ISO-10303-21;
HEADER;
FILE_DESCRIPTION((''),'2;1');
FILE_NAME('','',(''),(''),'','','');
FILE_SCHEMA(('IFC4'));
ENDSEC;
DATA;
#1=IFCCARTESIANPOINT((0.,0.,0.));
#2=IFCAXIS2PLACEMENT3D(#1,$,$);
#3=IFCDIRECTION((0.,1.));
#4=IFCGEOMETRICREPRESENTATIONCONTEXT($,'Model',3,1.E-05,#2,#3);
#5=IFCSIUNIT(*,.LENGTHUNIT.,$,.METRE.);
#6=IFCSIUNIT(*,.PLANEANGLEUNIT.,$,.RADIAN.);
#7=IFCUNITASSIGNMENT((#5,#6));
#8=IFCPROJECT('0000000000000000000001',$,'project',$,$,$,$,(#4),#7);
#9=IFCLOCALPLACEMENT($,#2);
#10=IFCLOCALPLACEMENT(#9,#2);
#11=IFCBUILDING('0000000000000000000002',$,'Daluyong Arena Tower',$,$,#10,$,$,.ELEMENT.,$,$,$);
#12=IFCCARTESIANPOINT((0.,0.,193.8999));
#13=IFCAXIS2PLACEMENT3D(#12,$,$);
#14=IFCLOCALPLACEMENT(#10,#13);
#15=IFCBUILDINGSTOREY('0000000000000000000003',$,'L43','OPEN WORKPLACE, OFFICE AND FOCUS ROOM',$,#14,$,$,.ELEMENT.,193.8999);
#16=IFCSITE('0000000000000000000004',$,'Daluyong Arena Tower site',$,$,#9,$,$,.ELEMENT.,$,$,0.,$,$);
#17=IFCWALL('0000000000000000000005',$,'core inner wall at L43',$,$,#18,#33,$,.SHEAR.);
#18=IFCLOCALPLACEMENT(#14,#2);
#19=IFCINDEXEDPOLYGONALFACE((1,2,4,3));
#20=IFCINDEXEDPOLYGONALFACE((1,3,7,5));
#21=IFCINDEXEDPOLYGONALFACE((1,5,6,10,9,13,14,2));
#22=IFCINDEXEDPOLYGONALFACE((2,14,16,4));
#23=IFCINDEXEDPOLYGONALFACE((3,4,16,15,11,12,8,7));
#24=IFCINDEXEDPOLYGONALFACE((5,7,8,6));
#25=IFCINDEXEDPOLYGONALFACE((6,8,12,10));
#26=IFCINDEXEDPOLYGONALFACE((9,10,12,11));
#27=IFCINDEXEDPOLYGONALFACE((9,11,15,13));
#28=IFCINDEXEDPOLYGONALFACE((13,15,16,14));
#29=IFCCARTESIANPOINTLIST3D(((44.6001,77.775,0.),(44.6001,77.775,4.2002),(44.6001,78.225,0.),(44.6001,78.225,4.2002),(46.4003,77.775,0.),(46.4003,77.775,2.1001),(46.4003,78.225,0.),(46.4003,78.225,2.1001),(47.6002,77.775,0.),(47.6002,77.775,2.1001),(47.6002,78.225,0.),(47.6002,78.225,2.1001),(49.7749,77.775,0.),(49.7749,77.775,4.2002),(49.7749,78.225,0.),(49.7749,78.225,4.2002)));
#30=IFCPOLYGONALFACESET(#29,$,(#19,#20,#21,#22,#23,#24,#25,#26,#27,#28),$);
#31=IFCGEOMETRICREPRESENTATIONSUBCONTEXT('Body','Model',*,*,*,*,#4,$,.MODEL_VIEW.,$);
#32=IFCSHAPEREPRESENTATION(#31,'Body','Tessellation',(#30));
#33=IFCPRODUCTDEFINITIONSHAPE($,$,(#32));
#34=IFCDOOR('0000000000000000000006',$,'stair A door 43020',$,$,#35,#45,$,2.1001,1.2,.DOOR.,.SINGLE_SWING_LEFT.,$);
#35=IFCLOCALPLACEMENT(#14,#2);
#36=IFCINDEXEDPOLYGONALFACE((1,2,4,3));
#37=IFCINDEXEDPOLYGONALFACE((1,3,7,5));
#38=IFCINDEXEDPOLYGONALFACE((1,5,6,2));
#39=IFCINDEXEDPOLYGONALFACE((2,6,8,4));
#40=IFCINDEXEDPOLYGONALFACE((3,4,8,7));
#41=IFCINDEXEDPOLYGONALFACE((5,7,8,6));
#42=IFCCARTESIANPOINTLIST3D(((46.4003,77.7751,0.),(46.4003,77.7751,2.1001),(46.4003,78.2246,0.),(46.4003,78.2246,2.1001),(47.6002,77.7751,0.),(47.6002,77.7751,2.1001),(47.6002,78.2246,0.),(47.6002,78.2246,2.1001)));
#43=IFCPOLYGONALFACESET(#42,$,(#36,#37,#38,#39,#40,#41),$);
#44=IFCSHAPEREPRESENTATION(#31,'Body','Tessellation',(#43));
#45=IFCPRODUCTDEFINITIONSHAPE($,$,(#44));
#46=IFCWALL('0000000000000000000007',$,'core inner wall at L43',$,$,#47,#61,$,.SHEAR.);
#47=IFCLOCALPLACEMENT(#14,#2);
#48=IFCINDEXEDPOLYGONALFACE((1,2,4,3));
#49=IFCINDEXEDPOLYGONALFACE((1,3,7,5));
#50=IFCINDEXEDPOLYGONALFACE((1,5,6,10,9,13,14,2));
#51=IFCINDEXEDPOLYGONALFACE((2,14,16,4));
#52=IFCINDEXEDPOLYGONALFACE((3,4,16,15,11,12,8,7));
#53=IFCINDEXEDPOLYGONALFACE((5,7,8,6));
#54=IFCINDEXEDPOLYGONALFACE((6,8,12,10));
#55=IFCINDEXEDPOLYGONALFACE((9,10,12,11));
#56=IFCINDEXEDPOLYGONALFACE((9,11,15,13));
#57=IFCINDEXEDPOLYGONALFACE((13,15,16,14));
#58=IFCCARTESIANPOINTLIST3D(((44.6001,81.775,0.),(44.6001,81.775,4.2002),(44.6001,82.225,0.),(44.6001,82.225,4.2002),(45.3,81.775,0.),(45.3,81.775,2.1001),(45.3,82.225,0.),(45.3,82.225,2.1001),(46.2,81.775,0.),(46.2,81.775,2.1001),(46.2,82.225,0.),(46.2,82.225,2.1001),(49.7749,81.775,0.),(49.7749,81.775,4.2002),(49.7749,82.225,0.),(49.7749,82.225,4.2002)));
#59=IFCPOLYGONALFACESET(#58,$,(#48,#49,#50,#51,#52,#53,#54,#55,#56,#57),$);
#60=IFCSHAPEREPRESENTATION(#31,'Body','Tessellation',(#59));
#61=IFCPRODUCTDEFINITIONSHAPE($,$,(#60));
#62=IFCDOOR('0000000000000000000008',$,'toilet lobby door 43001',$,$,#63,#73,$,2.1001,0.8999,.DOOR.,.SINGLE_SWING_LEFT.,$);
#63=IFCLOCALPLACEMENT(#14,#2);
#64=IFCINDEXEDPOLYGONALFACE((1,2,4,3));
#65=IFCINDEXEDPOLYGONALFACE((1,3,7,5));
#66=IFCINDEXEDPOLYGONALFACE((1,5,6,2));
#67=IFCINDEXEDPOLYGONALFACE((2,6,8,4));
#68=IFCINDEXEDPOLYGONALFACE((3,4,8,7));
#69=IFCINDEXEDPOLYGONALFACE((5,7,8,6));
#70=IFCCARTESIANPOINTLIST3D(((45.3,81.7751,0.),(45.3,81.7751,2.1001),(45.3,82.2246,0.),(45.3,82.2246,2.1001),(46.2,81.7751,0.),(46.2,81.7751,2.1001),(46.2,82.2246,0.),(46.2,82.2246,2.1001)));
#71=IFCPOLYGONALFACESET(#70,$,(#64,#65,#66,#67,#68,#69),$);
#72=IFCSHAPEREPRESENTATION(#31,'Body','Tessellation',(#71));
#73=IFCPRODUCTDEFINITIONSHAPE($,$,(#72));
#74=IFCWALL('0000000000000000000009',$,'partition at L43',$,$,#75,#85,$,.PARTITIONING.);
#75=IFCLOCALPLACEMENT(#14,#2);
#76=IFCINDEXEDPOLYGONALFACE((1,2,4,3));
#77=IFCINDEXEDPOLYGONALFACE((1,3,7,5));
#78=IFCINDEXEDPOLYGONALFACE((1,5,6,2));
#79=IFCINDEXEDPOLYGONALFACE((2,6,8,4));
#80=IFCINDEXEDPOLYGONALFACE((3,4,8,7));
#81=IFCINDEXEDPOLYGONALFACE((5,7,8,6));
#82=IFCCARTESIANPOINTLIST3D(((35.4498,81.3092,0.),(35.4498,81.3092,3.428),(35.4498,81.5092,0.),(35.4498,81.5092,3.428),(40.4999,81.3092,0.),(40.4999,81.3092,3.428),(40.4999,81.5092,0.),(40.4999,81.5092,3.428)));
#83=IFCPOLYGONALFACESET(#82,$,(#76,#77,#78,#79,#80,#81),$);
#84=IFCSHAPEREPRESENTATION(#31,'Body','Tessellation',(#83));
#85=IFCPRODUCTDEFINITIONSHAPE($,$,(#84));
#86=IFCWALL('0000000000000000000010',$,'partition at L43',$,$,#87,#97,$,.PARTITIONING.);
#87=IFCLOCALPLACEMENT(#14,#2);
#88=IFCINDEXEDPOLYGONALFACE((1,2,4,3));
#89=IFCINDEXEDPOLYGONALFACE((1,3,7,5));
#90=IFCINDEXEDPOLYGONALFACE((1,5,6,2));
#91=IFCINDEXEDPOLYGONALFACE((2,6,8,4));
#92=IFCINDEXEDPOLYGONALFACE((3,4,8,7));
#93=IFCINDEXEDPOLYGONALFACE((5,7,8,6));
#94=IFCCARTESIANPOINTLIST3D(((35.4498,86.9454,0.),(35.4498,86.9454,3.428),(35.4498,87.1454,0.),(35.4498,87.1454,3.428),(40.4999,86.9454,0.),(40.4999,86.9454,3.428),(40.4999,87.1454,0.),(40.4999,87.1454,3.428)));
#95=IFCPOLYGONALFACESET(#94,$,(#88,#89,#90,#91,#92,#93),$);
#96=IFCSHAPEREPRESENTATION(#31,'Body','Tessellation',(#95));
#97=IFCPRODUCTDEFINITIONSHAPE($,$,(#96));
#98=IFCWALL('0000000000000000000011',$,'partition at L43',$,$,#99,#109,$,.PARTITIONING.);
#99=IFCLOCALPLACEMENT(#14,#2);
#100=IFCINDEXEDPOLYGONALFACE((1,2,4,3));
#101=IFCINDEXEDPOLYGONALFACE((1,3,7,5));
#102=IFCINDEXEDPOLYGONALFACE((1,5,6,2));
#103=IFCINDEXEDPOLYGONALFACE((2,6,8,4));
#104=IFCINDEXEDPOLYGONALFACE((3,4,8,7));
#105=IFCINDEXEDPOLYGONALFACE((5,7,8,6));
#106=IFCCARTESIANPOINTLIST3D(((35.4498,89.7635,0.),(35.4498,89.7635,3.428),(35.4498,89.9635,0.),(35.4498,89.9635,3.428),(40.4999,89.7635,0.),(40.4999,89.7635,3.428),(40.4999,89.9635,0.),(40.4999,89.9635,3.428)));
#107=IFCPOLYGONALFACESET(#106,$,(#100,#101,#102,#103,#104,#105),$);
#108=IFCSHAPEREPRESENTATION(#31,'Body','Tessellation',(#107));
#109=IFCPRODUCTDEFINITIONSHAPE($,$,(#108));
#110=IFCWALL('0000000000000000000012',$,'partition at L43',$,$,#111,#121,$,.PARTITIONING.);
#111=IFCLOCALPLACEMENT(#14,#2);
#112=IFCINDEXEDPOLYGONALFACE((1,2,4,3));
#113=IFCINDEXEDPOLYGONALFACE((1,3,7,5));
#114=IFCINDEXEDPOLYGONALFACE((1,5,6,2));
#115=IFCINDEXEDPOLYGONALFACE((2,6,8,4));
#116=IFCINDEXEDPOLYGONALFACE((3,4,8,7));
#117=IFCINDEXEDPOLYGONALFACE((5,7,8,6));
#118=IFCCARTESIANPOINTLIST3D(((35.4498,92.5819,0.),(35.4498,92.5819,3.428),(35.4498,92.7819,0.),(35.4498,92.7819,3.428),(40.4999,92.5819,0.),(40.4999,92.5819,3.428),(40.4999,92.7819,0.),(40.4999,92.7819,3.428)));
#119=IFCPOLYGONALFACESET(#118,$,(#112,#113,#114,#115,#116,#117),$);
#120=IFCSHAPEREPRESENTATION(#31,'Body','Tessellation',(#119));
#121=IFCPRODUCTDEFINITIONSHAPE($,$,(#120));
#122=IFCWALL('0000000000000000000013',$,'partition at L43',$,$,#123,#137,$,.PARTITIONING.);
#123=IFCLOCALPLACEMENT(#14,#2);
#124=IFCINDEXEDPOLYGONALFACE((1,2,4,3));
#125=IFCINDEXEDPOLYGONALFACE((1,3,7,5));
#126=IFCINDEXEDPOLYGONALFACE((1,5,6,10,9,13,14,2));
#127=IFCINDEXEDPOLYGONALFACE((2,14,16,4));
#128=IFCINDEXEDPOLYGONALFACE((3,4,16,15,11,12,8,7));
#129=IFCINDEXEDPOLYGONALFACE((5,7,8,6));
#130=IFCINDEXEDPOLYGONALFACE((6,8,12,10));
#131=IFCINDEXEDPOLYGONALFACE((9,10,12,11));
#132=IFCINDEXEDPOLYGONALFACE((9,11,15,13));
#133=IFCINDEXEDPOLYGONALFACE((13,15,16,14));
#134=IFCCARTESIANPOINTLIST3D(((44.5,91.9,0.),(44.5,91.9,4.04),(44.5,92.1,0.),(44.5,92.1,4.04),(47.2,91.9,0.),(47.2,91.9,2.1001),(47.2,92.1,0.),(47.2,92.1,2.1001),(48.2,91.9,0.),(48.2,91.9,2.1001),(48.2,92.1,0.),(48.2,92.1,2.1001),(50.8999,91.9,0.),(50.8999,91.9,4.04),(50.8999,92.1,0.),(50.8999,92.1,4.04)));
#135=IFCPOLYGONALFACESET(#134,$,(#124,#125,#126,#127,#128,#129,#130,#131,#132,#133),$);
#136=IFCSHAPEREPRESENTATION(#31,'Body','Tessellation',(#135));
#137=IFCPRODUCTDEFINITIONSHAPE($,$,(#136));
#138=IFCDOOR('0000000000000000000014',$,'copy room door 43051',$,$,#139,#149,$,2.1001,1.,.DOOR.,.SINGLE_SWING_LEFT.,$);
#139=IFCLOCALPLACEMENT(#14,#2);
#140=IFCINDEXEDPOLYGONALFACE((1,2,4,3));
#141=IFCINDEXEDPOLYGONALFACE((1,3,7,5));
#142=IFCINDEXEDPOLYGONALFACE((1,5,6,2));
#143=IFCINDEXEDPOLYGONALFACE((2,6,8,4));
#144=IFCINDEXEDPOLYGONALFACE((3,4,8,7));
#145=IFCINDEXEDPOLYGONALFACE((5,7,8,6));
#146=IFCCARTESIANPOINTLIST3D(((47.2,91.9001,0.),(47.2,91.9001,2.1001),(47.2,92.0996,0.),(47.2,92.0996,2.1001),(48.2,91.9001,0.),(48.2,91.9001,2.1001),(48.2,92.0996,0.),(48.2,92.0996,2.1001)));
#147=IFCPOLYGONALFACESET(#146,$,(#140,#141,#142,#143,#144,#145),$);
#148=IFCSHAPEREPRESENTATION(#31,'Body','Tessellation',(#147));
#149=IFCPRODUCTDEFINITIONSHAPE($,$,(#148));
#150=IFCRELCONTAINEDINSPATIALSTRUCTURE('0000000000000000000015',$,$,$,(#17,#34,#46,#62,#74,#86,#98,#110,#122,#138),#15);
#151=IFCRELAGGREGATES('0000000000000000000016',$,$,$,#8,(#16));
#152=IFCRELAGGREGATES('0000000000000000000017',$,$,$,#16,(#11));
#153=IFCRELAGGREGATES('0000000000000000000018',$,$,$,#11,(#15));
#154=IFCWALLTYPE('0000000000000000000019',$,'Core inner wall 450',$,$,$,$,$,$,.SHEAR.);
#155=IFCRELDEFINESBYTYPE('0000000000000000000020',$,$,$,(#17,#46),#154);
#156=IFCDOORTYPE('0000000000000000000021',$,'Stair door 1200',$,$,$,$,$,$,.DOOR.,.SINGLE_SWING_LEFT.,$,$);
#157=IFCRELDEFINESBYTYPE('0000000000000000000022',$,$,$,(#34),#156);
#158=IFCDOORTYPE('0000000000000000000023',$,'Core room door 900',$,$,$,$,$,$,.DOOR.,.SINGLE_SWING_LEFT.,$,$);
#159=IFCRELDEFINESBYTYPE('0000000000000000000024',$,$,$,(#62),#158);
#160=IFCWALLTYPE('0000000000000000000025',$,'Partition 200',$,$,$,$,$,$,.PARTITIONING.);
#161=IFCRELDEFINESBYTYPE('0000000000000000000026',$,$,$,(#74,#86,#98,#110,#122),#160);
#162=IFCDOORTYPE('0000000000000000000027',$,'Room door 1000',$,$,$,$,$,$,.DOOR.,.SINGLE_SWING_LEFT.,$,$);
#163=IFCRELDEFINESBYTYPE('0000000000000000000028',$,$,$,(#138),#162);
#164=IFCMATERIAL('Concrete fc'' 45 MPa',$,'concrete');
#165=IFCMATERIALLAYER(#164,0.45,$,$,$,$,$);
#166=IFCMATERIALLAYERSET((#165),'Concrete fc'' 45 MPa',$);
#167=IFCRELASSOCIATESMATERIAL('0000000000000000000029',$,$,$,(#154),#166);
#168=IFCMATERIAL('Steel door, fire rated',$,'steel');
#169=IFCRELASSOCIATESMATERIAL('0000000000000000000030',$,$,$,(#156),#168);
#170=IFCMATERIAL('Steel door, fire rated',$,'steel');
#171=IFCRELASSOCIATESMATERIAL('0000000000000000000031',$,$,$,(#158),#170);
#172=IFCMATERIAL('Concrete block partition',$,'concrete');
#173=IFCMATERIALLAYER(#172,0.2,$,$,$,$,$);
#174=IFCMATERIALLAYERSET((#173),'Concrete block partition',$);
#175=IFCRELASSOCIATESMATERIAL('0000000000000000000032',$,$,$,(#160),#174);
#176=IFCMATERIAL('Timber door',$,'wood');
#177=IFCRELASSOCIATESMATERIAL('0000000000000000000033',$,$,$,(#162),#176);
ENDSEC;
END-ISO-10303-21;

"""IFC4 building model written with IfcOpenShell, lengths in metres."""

from ifc_helpers import new_model, si_unit, direction, frame, frame_2d, origin, place, context, subcontext, project, spatial, rectangle, extrude, material, layer, layer_set, type_object, element, fill, save


model = new_model("IFC4")

# Units and contexts
model_context = context("Model", 3, precision=1e-05, world=origin(), true_north=direction((0.0, 1.0)))
body_context = subcontext(model_context, "Body", "Model", "MODEL_VIEW")
ifc_project = project(units=[si_unit("LENGTHUNIT", "METRE"), si_unit("PLANEANGLEUNIT", "RADIAN")], contexts=[model_context])

# Site, building, storey
site_placement = place(None, origin())
site = spatial("IfcSite", under=ifc_project, at=site_placement, Name="Daluyong Arena Tower site", CompositionType="ELEMENT", RefElevation=0.0)
building_placement = place(site_placement, origin())
building = spatial("IfcBuilding", under=site, at=building_placement, Name="Daluyong Arena Tower", CompositionType="ELEMENT")
storey_placement = place(building_placement, frame((0.0, 0.0, 193.8999)))
storey = spatial("IfcBuildingStorey", under=building, at=storey_placement, Name="L43", Description="OPEN WORKPLACE, OFFICE AND FOCUS ROOM", CompositionType="ELEMENT", Elevation=193.8999)

# Walls, openings, doors
ifc_material_1 = material(Name="Concrete fc' 45 MPa", Category="concrete")
ifc_layer_1 = layer(ifc_material_1, 0.45)
ifc_layer_set_1 = layer_set([ifc_layer_1], Name="Concrete fc' 45 MPa")
wall_type_1 = type_object("IfcWallType", Name="Core inner wall 450", PredefinedType="SHEAR", material=ifc_layer_set_1)
wall_1_placement = place(storey_placement, frame((44.6001, 78.0, 0.0), z_axis=(0.0, 0.0, 1.0), x_axis=(1.0, 0.0, 0.0)))
wall_1 = element("IfcWall", 1, at=wall_1_placement, inside=storey, type_object=wall_type_1, Name="core inner wall at L43", PredefinedType="SHEAR", context=body_context, shape_type="SweptSolid", body=[
    extrude(rectangle(XDim=5.1748, YDim=0.45, at=frame_2d((2.5874, 0.0))), origin(), (0.0, 0.0, 1.0), 4.2002),
])
opening_1_placement = place(wall_1_placement, frame((1.8, 0.0, 0.0)))
opening_1 = element("IfcOpeningElement", 2, at=opening_1_placement, cuts=wall_1, PredefinedType="OPENING", context=body_context, shape_type="SweptSolid", body=[
    extrude(rectangle(XDim=1.2, YDim=2.1001, at=frame_2d((0.6001, 1.05))), frame((0.0, 0.2349, 0.0), z_axis=(0.0, -1.0, 0.0), x_axis=(1.0, 0.0, 0.0)), (0.0, 0.0, 1.0), 0.47),
])
ifc_material_2 = material(Name="Steel door, fire rated", Category="steel")
door_type_1 = type_object("IfcDoorType", Name="Stair door 1200", OperationType="SINGLE_SWING_LEFT", PredefinedType="DOOR", material=ifc_material_2)
door_1_placement = place(opening_1_placement, origin())
door_1 = element("IfcDoor", 3, at=door_1_placement, inside=storey, type_object=door_type_1, Name="stair A door 43020", OperationType="SINGLE_SWING_LEFT", OverallHeight=2.1001, OverallWidth=1.2, PredefinedType="DOOR", context=body_context, shape_type="SweptSolid", body=[
    extrude(rectangle(XDim=1.2, YDim=2.1001, at=frame_2d((0.6001, 1.05))), frame((0.0, 0.2246, 0.0), z_axis=(0.0, -1.0, 0.0), x_axis=(1.0, 0.0, 0.0)), (0.0, 0.0, 1.0), 0.4495),
])
fill(opening_1, door_1)
wall_2_placement = place(storey_placement, frame((44.6001, 82.0, 0.0), z_axis=(0.0, 0.0, 1.0), x_axis=(1.0, 0.0, 0.0)))
wall_2 = element("IfcWall", 4, at=wall_2_placement, inside=storey, type_object=wall_type_1, Name="core inner wall at L43", PredefinedType="SHEAR", context=body_context, shape_type="SweptSolid", body=[
    extrude(rectangle(XDim=5.1748, YDim=0.45, at=frame_2d((2.5874, 0.0))), origin(), (0.0, 0.0, 1.0), 4.2002),
])
opening_2_placement = place(wall_2_placement, frame((0.7, 0.0, 0.0)))
opening_2 = element("IfcOpeningElement", 5, at=opening_2_placement, cuts=wall_2, PredefinedType="OPENING", context=body_context, shape_type="SweptSolid", body=[
    extrude(rectangle(XDim=0.8999, YDim=2.1001, at=frame_2d((0.45, 1.05))), frame((0.0, 0.2349, 0.0), z_axis=(0.0, -1.0, 0.0), x_axis=(1.0, 0.0, 0.0)), (0.0, 0.0, 1.0), 0.47),
])
ifc_material_3 = material(Name="Steel door, fire rated", Category="steel")
door_type_2 = type_object("IfcDoorType", Name="Core room door 900", OperationType="SINGLE_SWING_LEFT", PredefinedType="DOOR", material=ifc_material_3)
door_2_placement = place(opening_2_placement, origin())
door_2 = element("IfcDoor", 6, at=door_2_placement, inside=storey, type_object=door_type_2, Name="toilet lobby door 43001", OperationType="SINGLE_SWING_LEFT", OverallHeight=2.1001, OverallWidth=0.8999, PredefinedType="DOOR", context=body_context, shape_type="SweptSolid", body=[
    extrude(rectangle(XDim=0.8999, YDim=2.1001, at=frame_2d((0.45, 1.05))), frame((0.0, 0.2246, 0.0), z_axis=(0.0, -1.0, 0.0), x_axis=(1.0, 0.0, 0.0)), (0.0, 0.0, 1.0), 0.4495),
])
fill(opening_2, door_2)

# Walls
ifc_material_4 = material(Name="Concrete block partition", Category="concrete")
ifc_layer_2 = layer(ifc_material_4, 0.2)
ifc_layer_set_2 = layer_set([ifc_layer_2], Name="Concrete block partition")
wall_type_2 = type_object("IfcWallType", Name="Partition 200", PredefinedType="PARTITIONING", material=ifc_layer_set_2)
for number, where, z_axis, x_axis, name in (
    (7, (35.45, 81.4092, 0.0), (0.0, 0.0, 1.0), (1.0, 0.0, 0.0), "partition at L43"),
    (8, (35.45, 87.0454, 0.0), (0.0, 0.0, 1.0), (1.0, 0.0, 0.0), "partition at L43"),
    (9, (35.45, 89.8635, 0.0), (0.0, 0.0, 1.0), (1.0, 0.0, 0.0), "partition at L43"),
    (10, (35.45, 92.6819, 0.0), (0.0, 0.0, 1.0), (1.0, 0.0, 0.0), "partition at L43"),
):
    element("IfcWall", number, at=place(storey_placement, frame(where, z_axis=z_axis, x_axis=x_axis)), inside=storey, type_object=wall_type_2, Name=name, PredefinedType="PARTITIONING", context=body_context, shape_type="SweptSolid", body=[
        extrude(rectangle(XDim=5.05, YDim=0.2, at=frame_2d((2.5249, 0.0))), origin(), (0.0, 0.0, 1.0), 3.428),
    ])

# Wall, opening, door
wall_3_placement = place(storey_placement, frame((44.5, 92.0, 0.0), z_axis=(0.0, 0.0, 1.0), x_axis=(1.0, 0.0, 0.0)))
wall_3 = element("IfcWall", 11, at=wall_3_placement, inside=storey, type_object=wall_type_2, Name="partition at L43", PredefinedType="PARTITIONING", context=body_context, shape_type="SweptSolid", body=[
    extrude(rectangle(XDim=6.3999, YDim=0.2, at=frame_2d((3.2, 0.0))), origin(), (0.0, 0.0, 1.0), 4.04),
])
opening_3_placement = place(wall_3_placement, frame((2.7, 0.0, 0.0)))
opening_3 = element("IfcOpeningElement", 12, at=opening_3_placement, cuts=wall_3, PredefinedType="OPENING", context=body_context, shape_type="SweptSolid", body=[
    extrude(rectangle(XDim=1.0, YDim=2.1001, at=frame_2d((0.5, 1.05))), frame((0.0, 0.1099, 0.0), z_axis=(0.0, -1.0, 0.0), x_axis=(1.0, 0.0, 0.0)), (0.0, 0.0, 1.0), 0.22),
])
ifc_material_5 = material(Name="Timber door", Category="wood")
door_type_3 = type_object("IfcDoorType", Name="Room door 1000", OperationType="SINGLE_SWING_LEFT", PredefinedType="DOOR", material=ifc_material_5)
door_3_placement = place(opening_3_placement, origin())
door_3 = element("IfcDoor", 13, at=door_3_placement, inside=storey, type_object=door_type_3, Name="copy room door 43051", OperationType="SINGLE_SWING_LEFT", OverallHeight=2.1001, OverallWidth=1.0, PredefinedType="DOOR", context=body_context, shape_type="SweptSolid", body=[
    extrude(rectangle(XDim=1.0, YDim=2.1001, at=frame_2d((0.5, 1.05))), frame((0.0, 0.0996, 0.0), z_axis=(0.0, -1.0, 0.0), x_axis=(1.0, 0.0, 0.0)), (0.0, 0.0, 1.0), 0.1995),
])
fill(opening_3, door_3)

save(model, "model.ifc")
